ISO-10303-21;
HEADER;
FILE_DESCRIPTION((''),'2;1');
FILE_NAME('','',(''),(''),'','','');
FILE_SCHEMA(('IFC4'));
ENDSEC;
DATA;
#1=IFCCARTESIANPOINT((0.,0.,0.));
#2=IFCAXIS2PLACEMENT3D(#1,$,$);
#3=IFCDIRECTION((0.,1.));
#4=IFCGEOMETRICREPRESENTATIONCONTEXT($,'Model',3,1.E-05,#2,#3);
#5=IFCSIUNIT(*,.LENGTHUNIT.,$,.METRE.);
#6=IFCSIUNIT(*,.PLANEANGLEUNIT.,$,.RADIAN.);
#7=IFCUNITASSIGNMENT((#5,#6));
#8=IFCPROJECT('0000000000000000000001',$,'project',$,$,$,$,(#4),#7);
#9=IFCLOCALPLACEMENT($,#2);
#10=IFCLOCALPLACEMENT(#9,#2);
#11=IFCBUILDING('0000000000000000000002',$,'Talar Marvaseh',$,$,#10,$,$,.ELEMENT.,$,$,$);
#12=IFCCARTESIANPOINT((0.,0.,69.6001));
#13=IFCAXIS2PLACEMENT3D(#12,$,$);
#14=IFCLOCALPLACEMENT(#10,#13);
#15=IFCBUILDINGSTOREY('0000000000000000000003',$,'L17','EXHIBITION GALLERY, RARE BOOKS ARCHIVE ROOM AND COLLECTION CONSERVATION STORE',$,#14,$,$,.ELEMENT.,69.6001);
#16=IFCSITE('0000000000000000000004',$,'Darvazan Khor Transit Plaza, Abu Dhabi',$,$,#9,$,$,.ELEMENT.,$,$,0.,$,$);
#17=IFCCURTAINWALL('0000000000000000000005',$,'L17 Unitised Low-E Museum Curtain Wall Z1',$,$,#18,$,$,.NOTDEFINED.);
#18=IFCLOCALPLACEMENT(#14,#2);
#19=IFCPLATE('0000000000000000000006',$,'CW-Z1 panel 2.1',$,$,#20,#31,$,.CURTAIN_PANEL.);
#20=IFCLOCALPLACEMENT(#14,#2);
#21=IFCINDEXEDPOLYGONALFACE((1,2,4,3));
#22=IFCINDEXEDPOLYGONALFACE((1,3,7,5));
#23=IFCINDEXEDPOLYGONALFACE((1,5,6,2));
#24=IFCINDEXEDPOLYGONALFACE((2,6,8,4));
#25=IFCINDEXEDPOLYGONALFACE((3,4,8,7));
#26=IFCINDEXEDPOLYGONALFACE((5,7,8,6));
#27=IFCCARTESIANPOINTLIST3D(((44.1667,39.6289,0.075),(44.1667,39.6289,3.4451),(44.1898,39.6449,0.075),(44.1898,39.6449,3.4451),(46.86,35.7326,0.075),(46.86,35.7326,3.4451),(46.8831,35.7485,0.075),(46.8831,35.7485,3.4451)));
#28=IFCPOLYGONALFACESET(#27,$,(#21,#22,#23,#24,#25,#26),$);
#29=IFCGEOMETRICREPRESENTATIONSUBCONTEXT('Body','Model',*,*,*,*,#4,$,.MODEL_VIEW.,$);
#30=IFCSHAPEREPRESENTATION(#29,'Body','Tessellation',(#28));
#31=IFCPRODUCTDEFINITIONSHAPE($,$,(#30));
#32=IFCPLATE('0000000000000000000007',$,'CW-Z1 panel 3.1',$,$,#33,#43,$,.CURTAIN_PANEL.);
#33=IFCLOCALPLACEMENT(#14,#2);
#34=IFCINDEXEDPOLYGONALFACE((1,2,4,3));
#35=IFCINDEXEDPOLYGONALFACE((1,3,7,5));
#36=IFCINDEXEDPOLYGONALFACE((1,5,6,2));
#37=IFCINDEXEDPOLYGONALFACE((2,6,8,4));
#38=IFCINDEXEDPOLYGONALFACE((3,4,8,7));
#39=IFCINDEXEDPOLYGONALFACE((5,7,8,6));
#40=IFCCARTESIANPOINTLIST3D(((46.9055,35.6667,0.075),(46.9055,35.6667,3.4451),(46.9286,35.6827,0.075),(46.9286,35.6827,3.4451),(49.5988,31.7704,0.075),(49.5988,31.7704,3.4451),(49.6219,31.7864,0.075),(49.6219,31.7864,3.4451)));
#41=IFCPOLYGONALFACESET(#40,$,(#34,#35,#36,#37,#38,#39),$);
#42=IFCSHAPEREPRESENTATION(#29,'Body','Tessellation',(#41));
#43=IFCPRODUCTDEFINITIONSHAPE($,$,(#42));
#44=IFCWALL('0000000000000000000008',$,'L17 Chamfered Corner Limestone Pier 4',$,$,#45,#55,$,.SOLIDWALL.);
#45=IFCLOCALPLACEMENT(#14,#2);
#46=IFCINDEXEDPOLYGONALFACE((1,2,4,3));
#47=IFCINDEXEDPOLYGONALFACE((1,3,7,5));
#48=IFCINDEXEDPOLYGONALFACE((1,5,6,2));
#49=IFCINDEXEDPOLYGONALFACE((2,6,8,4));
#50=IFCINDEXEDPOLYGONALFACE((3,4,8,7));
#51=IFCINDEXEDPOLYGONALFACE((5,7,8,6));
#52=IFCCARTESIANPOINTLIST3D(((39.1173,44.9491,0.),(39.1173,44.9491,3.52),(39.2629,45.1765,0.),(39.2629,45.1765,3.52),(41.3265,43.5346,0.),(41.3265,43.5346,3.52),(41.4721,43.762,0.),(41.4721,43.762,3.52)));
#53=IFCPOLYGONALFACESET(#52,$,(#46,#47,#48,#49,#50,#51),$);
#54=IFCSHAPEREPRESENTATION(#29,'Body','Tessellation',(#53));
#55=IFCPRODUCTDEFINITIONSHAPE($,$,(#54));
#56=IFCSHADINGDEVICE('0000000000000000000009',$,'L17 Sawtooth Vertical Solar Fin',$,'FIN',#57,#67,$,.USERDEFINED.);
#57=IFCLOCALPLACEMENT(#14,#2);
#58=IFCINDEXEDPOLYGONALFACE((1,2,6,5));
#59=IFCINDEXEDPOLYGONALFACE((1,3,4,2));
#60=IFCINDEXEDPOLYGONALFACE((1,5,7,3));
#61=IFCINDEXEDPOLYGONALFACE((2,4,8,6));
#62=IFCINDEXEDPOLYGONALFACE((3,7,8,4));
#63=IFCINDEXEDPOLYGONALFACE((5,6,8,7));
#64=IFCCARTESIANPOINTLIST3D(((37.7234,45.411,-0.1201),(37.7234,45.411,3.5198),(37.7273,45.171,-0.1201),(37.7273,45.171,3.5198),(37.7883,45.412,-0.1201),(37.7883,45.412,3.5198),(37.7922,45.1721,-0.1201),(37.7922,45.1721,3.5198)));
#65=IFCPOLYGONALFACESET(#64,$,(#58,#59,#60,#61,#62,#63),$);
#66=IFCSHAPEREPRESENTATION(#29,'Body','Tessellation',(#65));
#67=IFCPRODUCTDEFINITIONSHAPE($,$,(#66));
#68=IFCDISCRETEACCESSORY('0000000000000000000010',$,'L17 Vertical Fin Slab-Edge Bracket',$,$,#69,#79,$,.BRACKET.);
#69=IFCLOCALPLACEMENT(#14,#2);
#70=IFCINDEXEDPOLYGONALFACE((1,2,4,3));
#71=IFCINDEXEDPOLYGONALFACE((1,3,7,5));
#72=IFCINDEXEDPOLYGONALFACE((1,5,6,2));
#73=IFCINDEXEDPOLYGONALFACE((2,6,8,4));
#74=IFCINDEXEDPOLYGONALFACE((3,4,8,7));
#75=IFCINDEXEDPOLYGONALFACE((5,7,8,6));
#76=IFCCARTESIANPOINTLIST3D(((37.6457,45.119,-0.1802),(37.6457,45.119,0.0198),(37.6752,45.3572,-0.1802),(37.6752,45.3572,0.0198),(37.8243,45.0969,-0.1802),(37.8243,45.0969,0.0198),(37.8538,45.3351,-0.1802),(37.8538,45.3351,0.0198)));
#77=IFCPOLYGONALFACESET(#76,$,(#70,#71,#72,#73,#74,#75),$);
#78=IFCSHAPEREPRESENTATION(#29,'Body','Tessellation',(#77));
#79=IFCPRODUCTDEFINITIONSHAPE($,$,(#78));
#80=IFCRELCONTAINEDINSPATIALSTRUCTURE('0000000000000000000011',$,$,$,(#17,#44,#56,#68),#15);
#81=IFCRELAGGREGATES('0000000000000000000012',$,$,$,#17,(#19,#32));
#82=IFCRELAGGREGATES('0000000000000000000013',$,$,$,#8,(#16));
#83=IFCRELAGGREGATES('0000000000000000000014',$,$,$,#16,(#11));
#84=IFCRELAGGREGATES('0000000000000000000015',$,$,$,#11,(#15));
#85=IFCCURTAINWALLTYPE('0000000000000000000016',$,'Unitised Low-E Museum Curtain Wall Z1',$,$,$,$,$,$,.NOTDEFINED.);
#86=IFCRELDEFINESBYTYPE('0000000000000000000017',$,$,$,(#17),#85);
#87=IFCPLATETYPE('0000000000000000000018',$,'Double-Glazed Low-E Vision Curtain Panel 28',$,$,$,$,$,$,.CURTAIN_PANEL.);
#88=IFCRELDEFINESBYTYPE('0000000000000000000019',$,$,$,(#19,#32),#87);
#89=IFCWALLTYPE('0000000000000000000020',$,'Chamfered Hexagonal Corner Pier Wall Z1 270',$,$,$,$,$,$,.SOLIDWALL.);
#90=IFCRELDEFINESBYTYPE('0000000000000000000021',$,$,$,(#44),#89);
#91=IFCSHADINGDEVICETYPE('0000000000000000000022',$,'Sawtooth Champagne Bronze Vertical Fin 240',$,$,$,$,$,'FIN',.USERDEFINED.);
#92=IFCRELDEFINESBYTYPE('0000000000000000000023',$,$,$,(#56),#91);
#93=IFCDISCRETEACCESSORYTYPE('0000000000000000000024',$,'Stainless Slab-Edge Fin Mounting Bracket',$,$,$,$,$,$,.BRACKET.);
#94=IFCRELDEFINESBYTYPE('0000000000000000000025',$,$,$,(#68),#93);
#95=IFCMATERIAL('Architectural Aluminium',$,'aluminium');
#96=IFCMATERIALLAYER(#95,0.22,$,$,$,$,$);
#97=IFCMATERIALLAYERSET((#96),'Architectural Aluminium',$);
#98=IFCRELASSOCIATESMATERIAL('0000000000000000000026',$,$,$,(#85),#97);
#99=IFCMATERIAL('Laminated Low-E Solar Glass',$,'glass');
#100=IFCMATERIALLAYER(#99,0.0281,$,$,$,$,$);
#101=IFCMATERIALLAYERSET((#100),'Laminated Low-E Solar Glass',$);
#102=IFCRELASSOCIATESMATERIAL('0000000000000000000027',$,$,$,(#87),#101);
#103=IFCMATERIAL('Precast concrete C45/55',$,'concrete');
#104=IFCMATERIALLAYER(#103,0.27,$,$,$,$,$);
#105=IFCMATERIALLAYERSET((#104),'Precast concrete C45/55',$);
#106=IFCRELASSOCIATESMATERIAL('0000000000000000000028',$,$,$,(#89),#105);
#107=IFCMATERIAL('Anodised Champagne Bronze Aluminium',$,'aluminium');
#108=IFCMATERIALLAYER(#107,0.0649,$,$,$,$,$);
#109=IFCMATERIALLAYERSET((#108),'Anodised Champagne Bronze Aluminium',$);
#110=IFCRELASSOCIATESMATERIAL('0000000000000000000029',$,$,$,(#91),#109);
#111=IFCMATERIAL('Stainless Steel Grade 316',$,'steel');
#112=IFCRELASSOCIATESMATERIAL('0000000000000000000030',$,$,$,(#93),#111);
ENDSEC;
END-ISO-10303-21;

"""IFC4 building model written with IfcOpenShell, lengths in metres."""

from ifc_helpers import new_model, si_unit, direction, frame, frame_2d, origin, origin_2d, place, context, subcontext, project, spatial, rectangle, extrude, source, transform, mapped, material, layer, layer_set, type_object, type_shapes, element, aggregate, save


model = new_model("IFC4")

# Units and contexts
model_context = context("Model", 3, precision=1e-05, world=origin(), true_north=direction((0.0, 1.0)))
body_context = subcontext(model_context, "Body", "Model", "MODEL_VIEW")
ifc_project = project(units=[si_unit("LENGTHUNIT", "METRE"), si_unit("PLANEANGLEUNIT", "RADIAN")], contexts=[model_context])

# Site, building, storey
site_placement = place(None, origin())
site = spatial("IfcSite", under=ifc_project, at=site_placement, Name="Darvazan Khor Transit Plaza, Abu Dhabi", CompositionType="ELEMENT", RefElevation=0.0)
building_placement = place(site_placement, origin())
building = spatial("IfcBuilding", under=site, at=building_placement, Name="Talar Marvaseh", CompositionType="ELEMENT")
storey_placement = place(building_placement, frame((0.0, 0.0, 69.6001)))
storey = spatial("IfcBuildingStorey", under=building, at=storey_placement, Name="L17", Description="EXHIBITION GALLERY, RARE BOOKS ARCHIVE ROOM AND COLLECTION CONSERVATION STORE", CompositionType="ELEMENT", Elevation=69.6001)

# Shared definitions
ifc_material_1 = material(Name="Architectural Aluminium", Category="aluminium")
ifc_layer_1 = layer(ifc_material_1, 0.22)
ifc_layer_set_1 = layer_set([ifc_layer_1], Name="Architectural Aluminium")
curtain_wall_type = type_object("IfcCurtainWallType", Name="Unitised Low-E Museum Curtain Wall Z1", PredefinedType="NOTDEFINED", material=ifc_layer_set_1)

# Curtain wall, plates
curtain_wall_1_placement = place(storey_placement, origin())
curtain_wall_1 = element("IfcCurtainWall", 1, at=curtain_wall_1_placement, inside=storey, type_object=curtain_wall_type, Name="L17 Unitised Low-E Museum Curtain Wall Z1", PredefinedType="NOTDEFINED")
ifc_material_2 = material(Name="Laminated Low-E Solar Glass", Category="glass")
ifc_layer_2 = layer(ifc_material_2, 0.0281)
ifc_layer_set_2 = layer_set([ifc_layer_2], Name="Laminated Low-E Solar Glass")
plate_type = type_object("IfcPlateType", Name="Double-Glazed Low-E Vision Curtain Panel 28", PredefinedType="CURTAIN_PANEL", material=ifc_layer_set_2)
shared_shape_1 = source(origin(), body_context, "Body", "SweptSolid", [
    extrude(rectangle(XDim=4.7366, YDim=0.0281, at=origin_2d()), origin(), (0.0, 0.0, 1.0), 3.3701),
])
plate_1_placement = place(storey_placement, frame((45.5249, 37.6887, 0.075), z_axis=(0.0, 0.0, 1.0), x_axis=(0.568617, -0.822603, 0.0)))
plate_1 = element("IfcPlate", 2, at=plate_1_placement, type_object=plate_type, Name="CW-Z1 panel 2.1", PredefinedType="CURTAIN_PANEL", context=body_context, shape_type="MappedRepresentation", body=[
    mapped(shared_shape_1, transform((0.0, 0.0, 0.0), x_axis=(1.0, 0.0, 0.0), y_axis=(0.0, 1.0, 0.0), z_axis=(0.0, 0.0, 1.0), scale=1.0)),
])
plate_2_placement = place(storey_placement, frame((48.2637, 33.7266, 0.075), z_axis=(0.0, 0.0, 1.0), x_axis=(0.568617, -0.822603, 0.0)))
plate_2 = element("IfcPlate", 3, at=plate_2_placement, type_object=plate_type, Name="CW-Z1 panel 3.1", PredefinedType="CURTAIN_PANEL", context=body_context, shape_type="MappedRepresentation", body=[
    mapped(shared_shape_1, transform((0.0, 0.0, 0.0), x_axis=(1.0, 0.0, 0.0), y_axis=(0.0, 1.0, 0.0), z_axis=(0.0, 0.0, 1.0), scale=1.0)),
])
aggregate(curtain_wall_1, [plate_1, plate_2])

# Wall
ifc_material_3 = material(Name="Precast concrete C45/55", Category="concrete")
ifc_layer_3 = layer(ifc_material_3, 0.27)
ifc_layer_set_3 = layer_set([ifc_layer_3], Name="Precast concrete C45/55")
wall_type = type_object("IfcWallType", Name="Chamfered Hexagonal Corner Pier Wall Z1 270", PredefinedType="SOLIDWALL", material=ifc_layer_set_3)
wall_placement = place(storey_placement, frame((39.1902, 45.0627, 0.0), z_axis=(0.0, 0.0, 1.0), x_axis=(0.84216, -0.539228, 0.0)))
element("IfcWall", 4, at=wall_placement, inside=storey, type_object=wall_type, Name="L17 Chamfered Corner Limestone Pier 4", PredefinedType="SOLIDWALL", context=body_context, shape_type="SweptSolid", body=[
    extrude(rectangle(XDim=2.6233, YDim=0.27, at=frame_2d((1.3115, 0.0))), origin(), (0.0, 0.0, 1.0), 3.52),
])

# Shading device
ifc_material_4 = material(Name="Anodised Champagne Bronze Aluminium", Category="aluminium")
ifc_layer_4 = layer(ifc_material_4, 0.0649)
ifc_layer_set_4 = layer_set([ifc_layer_4], Name="Anodised Champagne Bronze Aluminium")
shading_device_type = type_object("IfcShadingDeviceType", Name="Sawtooth Champagne Bronze Vertical Fin 240", ElementType="FIN", PredefinedType="USERDEFINED", material=ifc_layer_set_4)
shared_shape_2 = source(origin(), body_context, "Body", "SweptSolid", [
    extrude(rectangle(XDim=0.24, YDim=0.0649, at=origin_2d()), origin(), (0.0, 0.0, 1.0), 3.6399),
])
type_shapes(shading_device_type, [shared_shape_2])
shading_device_placement = place(storey_placement, frame((37.7578, 45.2915, -0.1201), z_axis=(0.0, 0.0, 1.0), x_axis=(-0.016231, 0.999868, 0.0)))
element("IfcShadingDevice", 5, at=shading_device_placement, inside=storey, type_object=shading_device_type, Name="L17 Sawtooth Vertical Solar Fin", ObjectType="FIN", PredefinedType="USERDEFINED", context=body_context, shape_type="MappedRepresentation", body=[
    mapped(shared_shape_2, transform((0.0, 0.0, 0.0), x_axis=(1.0, 0.0, 0.0), y_axis=(0.0, 1.0, 0.0), z_axis=(0.0, 0.0, 1.0), scale=1.0)),
])

# Discrete accessory
ifc_material_5 = material(Name="Stainless Steel Grade 316", Category="steel")
discrete_accessory_type = type_object("IfcDiscreteAccessoryType", Name="Stainless Slab-Edge Fin Mounting Bracket", PredefinedType="BRACKET", material=ifc_material_5)
shared_shape_3 = source(origin(), body_context, "Body", "SweptSolid", [
    extrude(rectangle(XDim=0.24, YDim=0.1799, at=origin_2d()), origin(), (0.0, 0.0, 1.0), 0.2),
])
type_shapes(discrete_accessory_type, [shared_shape_3])
discrete_accessory_placement = place(storey_placement, frame((37.7498, 45.2271, -0.1802), z_axis=(0.0, 0.0, 1.0), x_axis=(0.123082, 0.992397, 0.0)))
element("IfcDiscreteAccessory", 6, at=discrete_accessory_placement, inside=storey, type_object=discrete_accessory_type, Name="L17 Vertical Fin Slab-Edge Bracket", PredefinedType="BRACKET", context=body_context, shape_type="MappedRepresentation", body=[
    mapped(shared_shape_3, transform((0.0, 0.0, 0.0), x_axis=(1.0, 0.0, 0.0), y_axis=(0.0, 1.0, 0.0), z_axis=(0.0, 0.0, 1.0), scale=1.0)),
])

save(model, "model.ifc")
